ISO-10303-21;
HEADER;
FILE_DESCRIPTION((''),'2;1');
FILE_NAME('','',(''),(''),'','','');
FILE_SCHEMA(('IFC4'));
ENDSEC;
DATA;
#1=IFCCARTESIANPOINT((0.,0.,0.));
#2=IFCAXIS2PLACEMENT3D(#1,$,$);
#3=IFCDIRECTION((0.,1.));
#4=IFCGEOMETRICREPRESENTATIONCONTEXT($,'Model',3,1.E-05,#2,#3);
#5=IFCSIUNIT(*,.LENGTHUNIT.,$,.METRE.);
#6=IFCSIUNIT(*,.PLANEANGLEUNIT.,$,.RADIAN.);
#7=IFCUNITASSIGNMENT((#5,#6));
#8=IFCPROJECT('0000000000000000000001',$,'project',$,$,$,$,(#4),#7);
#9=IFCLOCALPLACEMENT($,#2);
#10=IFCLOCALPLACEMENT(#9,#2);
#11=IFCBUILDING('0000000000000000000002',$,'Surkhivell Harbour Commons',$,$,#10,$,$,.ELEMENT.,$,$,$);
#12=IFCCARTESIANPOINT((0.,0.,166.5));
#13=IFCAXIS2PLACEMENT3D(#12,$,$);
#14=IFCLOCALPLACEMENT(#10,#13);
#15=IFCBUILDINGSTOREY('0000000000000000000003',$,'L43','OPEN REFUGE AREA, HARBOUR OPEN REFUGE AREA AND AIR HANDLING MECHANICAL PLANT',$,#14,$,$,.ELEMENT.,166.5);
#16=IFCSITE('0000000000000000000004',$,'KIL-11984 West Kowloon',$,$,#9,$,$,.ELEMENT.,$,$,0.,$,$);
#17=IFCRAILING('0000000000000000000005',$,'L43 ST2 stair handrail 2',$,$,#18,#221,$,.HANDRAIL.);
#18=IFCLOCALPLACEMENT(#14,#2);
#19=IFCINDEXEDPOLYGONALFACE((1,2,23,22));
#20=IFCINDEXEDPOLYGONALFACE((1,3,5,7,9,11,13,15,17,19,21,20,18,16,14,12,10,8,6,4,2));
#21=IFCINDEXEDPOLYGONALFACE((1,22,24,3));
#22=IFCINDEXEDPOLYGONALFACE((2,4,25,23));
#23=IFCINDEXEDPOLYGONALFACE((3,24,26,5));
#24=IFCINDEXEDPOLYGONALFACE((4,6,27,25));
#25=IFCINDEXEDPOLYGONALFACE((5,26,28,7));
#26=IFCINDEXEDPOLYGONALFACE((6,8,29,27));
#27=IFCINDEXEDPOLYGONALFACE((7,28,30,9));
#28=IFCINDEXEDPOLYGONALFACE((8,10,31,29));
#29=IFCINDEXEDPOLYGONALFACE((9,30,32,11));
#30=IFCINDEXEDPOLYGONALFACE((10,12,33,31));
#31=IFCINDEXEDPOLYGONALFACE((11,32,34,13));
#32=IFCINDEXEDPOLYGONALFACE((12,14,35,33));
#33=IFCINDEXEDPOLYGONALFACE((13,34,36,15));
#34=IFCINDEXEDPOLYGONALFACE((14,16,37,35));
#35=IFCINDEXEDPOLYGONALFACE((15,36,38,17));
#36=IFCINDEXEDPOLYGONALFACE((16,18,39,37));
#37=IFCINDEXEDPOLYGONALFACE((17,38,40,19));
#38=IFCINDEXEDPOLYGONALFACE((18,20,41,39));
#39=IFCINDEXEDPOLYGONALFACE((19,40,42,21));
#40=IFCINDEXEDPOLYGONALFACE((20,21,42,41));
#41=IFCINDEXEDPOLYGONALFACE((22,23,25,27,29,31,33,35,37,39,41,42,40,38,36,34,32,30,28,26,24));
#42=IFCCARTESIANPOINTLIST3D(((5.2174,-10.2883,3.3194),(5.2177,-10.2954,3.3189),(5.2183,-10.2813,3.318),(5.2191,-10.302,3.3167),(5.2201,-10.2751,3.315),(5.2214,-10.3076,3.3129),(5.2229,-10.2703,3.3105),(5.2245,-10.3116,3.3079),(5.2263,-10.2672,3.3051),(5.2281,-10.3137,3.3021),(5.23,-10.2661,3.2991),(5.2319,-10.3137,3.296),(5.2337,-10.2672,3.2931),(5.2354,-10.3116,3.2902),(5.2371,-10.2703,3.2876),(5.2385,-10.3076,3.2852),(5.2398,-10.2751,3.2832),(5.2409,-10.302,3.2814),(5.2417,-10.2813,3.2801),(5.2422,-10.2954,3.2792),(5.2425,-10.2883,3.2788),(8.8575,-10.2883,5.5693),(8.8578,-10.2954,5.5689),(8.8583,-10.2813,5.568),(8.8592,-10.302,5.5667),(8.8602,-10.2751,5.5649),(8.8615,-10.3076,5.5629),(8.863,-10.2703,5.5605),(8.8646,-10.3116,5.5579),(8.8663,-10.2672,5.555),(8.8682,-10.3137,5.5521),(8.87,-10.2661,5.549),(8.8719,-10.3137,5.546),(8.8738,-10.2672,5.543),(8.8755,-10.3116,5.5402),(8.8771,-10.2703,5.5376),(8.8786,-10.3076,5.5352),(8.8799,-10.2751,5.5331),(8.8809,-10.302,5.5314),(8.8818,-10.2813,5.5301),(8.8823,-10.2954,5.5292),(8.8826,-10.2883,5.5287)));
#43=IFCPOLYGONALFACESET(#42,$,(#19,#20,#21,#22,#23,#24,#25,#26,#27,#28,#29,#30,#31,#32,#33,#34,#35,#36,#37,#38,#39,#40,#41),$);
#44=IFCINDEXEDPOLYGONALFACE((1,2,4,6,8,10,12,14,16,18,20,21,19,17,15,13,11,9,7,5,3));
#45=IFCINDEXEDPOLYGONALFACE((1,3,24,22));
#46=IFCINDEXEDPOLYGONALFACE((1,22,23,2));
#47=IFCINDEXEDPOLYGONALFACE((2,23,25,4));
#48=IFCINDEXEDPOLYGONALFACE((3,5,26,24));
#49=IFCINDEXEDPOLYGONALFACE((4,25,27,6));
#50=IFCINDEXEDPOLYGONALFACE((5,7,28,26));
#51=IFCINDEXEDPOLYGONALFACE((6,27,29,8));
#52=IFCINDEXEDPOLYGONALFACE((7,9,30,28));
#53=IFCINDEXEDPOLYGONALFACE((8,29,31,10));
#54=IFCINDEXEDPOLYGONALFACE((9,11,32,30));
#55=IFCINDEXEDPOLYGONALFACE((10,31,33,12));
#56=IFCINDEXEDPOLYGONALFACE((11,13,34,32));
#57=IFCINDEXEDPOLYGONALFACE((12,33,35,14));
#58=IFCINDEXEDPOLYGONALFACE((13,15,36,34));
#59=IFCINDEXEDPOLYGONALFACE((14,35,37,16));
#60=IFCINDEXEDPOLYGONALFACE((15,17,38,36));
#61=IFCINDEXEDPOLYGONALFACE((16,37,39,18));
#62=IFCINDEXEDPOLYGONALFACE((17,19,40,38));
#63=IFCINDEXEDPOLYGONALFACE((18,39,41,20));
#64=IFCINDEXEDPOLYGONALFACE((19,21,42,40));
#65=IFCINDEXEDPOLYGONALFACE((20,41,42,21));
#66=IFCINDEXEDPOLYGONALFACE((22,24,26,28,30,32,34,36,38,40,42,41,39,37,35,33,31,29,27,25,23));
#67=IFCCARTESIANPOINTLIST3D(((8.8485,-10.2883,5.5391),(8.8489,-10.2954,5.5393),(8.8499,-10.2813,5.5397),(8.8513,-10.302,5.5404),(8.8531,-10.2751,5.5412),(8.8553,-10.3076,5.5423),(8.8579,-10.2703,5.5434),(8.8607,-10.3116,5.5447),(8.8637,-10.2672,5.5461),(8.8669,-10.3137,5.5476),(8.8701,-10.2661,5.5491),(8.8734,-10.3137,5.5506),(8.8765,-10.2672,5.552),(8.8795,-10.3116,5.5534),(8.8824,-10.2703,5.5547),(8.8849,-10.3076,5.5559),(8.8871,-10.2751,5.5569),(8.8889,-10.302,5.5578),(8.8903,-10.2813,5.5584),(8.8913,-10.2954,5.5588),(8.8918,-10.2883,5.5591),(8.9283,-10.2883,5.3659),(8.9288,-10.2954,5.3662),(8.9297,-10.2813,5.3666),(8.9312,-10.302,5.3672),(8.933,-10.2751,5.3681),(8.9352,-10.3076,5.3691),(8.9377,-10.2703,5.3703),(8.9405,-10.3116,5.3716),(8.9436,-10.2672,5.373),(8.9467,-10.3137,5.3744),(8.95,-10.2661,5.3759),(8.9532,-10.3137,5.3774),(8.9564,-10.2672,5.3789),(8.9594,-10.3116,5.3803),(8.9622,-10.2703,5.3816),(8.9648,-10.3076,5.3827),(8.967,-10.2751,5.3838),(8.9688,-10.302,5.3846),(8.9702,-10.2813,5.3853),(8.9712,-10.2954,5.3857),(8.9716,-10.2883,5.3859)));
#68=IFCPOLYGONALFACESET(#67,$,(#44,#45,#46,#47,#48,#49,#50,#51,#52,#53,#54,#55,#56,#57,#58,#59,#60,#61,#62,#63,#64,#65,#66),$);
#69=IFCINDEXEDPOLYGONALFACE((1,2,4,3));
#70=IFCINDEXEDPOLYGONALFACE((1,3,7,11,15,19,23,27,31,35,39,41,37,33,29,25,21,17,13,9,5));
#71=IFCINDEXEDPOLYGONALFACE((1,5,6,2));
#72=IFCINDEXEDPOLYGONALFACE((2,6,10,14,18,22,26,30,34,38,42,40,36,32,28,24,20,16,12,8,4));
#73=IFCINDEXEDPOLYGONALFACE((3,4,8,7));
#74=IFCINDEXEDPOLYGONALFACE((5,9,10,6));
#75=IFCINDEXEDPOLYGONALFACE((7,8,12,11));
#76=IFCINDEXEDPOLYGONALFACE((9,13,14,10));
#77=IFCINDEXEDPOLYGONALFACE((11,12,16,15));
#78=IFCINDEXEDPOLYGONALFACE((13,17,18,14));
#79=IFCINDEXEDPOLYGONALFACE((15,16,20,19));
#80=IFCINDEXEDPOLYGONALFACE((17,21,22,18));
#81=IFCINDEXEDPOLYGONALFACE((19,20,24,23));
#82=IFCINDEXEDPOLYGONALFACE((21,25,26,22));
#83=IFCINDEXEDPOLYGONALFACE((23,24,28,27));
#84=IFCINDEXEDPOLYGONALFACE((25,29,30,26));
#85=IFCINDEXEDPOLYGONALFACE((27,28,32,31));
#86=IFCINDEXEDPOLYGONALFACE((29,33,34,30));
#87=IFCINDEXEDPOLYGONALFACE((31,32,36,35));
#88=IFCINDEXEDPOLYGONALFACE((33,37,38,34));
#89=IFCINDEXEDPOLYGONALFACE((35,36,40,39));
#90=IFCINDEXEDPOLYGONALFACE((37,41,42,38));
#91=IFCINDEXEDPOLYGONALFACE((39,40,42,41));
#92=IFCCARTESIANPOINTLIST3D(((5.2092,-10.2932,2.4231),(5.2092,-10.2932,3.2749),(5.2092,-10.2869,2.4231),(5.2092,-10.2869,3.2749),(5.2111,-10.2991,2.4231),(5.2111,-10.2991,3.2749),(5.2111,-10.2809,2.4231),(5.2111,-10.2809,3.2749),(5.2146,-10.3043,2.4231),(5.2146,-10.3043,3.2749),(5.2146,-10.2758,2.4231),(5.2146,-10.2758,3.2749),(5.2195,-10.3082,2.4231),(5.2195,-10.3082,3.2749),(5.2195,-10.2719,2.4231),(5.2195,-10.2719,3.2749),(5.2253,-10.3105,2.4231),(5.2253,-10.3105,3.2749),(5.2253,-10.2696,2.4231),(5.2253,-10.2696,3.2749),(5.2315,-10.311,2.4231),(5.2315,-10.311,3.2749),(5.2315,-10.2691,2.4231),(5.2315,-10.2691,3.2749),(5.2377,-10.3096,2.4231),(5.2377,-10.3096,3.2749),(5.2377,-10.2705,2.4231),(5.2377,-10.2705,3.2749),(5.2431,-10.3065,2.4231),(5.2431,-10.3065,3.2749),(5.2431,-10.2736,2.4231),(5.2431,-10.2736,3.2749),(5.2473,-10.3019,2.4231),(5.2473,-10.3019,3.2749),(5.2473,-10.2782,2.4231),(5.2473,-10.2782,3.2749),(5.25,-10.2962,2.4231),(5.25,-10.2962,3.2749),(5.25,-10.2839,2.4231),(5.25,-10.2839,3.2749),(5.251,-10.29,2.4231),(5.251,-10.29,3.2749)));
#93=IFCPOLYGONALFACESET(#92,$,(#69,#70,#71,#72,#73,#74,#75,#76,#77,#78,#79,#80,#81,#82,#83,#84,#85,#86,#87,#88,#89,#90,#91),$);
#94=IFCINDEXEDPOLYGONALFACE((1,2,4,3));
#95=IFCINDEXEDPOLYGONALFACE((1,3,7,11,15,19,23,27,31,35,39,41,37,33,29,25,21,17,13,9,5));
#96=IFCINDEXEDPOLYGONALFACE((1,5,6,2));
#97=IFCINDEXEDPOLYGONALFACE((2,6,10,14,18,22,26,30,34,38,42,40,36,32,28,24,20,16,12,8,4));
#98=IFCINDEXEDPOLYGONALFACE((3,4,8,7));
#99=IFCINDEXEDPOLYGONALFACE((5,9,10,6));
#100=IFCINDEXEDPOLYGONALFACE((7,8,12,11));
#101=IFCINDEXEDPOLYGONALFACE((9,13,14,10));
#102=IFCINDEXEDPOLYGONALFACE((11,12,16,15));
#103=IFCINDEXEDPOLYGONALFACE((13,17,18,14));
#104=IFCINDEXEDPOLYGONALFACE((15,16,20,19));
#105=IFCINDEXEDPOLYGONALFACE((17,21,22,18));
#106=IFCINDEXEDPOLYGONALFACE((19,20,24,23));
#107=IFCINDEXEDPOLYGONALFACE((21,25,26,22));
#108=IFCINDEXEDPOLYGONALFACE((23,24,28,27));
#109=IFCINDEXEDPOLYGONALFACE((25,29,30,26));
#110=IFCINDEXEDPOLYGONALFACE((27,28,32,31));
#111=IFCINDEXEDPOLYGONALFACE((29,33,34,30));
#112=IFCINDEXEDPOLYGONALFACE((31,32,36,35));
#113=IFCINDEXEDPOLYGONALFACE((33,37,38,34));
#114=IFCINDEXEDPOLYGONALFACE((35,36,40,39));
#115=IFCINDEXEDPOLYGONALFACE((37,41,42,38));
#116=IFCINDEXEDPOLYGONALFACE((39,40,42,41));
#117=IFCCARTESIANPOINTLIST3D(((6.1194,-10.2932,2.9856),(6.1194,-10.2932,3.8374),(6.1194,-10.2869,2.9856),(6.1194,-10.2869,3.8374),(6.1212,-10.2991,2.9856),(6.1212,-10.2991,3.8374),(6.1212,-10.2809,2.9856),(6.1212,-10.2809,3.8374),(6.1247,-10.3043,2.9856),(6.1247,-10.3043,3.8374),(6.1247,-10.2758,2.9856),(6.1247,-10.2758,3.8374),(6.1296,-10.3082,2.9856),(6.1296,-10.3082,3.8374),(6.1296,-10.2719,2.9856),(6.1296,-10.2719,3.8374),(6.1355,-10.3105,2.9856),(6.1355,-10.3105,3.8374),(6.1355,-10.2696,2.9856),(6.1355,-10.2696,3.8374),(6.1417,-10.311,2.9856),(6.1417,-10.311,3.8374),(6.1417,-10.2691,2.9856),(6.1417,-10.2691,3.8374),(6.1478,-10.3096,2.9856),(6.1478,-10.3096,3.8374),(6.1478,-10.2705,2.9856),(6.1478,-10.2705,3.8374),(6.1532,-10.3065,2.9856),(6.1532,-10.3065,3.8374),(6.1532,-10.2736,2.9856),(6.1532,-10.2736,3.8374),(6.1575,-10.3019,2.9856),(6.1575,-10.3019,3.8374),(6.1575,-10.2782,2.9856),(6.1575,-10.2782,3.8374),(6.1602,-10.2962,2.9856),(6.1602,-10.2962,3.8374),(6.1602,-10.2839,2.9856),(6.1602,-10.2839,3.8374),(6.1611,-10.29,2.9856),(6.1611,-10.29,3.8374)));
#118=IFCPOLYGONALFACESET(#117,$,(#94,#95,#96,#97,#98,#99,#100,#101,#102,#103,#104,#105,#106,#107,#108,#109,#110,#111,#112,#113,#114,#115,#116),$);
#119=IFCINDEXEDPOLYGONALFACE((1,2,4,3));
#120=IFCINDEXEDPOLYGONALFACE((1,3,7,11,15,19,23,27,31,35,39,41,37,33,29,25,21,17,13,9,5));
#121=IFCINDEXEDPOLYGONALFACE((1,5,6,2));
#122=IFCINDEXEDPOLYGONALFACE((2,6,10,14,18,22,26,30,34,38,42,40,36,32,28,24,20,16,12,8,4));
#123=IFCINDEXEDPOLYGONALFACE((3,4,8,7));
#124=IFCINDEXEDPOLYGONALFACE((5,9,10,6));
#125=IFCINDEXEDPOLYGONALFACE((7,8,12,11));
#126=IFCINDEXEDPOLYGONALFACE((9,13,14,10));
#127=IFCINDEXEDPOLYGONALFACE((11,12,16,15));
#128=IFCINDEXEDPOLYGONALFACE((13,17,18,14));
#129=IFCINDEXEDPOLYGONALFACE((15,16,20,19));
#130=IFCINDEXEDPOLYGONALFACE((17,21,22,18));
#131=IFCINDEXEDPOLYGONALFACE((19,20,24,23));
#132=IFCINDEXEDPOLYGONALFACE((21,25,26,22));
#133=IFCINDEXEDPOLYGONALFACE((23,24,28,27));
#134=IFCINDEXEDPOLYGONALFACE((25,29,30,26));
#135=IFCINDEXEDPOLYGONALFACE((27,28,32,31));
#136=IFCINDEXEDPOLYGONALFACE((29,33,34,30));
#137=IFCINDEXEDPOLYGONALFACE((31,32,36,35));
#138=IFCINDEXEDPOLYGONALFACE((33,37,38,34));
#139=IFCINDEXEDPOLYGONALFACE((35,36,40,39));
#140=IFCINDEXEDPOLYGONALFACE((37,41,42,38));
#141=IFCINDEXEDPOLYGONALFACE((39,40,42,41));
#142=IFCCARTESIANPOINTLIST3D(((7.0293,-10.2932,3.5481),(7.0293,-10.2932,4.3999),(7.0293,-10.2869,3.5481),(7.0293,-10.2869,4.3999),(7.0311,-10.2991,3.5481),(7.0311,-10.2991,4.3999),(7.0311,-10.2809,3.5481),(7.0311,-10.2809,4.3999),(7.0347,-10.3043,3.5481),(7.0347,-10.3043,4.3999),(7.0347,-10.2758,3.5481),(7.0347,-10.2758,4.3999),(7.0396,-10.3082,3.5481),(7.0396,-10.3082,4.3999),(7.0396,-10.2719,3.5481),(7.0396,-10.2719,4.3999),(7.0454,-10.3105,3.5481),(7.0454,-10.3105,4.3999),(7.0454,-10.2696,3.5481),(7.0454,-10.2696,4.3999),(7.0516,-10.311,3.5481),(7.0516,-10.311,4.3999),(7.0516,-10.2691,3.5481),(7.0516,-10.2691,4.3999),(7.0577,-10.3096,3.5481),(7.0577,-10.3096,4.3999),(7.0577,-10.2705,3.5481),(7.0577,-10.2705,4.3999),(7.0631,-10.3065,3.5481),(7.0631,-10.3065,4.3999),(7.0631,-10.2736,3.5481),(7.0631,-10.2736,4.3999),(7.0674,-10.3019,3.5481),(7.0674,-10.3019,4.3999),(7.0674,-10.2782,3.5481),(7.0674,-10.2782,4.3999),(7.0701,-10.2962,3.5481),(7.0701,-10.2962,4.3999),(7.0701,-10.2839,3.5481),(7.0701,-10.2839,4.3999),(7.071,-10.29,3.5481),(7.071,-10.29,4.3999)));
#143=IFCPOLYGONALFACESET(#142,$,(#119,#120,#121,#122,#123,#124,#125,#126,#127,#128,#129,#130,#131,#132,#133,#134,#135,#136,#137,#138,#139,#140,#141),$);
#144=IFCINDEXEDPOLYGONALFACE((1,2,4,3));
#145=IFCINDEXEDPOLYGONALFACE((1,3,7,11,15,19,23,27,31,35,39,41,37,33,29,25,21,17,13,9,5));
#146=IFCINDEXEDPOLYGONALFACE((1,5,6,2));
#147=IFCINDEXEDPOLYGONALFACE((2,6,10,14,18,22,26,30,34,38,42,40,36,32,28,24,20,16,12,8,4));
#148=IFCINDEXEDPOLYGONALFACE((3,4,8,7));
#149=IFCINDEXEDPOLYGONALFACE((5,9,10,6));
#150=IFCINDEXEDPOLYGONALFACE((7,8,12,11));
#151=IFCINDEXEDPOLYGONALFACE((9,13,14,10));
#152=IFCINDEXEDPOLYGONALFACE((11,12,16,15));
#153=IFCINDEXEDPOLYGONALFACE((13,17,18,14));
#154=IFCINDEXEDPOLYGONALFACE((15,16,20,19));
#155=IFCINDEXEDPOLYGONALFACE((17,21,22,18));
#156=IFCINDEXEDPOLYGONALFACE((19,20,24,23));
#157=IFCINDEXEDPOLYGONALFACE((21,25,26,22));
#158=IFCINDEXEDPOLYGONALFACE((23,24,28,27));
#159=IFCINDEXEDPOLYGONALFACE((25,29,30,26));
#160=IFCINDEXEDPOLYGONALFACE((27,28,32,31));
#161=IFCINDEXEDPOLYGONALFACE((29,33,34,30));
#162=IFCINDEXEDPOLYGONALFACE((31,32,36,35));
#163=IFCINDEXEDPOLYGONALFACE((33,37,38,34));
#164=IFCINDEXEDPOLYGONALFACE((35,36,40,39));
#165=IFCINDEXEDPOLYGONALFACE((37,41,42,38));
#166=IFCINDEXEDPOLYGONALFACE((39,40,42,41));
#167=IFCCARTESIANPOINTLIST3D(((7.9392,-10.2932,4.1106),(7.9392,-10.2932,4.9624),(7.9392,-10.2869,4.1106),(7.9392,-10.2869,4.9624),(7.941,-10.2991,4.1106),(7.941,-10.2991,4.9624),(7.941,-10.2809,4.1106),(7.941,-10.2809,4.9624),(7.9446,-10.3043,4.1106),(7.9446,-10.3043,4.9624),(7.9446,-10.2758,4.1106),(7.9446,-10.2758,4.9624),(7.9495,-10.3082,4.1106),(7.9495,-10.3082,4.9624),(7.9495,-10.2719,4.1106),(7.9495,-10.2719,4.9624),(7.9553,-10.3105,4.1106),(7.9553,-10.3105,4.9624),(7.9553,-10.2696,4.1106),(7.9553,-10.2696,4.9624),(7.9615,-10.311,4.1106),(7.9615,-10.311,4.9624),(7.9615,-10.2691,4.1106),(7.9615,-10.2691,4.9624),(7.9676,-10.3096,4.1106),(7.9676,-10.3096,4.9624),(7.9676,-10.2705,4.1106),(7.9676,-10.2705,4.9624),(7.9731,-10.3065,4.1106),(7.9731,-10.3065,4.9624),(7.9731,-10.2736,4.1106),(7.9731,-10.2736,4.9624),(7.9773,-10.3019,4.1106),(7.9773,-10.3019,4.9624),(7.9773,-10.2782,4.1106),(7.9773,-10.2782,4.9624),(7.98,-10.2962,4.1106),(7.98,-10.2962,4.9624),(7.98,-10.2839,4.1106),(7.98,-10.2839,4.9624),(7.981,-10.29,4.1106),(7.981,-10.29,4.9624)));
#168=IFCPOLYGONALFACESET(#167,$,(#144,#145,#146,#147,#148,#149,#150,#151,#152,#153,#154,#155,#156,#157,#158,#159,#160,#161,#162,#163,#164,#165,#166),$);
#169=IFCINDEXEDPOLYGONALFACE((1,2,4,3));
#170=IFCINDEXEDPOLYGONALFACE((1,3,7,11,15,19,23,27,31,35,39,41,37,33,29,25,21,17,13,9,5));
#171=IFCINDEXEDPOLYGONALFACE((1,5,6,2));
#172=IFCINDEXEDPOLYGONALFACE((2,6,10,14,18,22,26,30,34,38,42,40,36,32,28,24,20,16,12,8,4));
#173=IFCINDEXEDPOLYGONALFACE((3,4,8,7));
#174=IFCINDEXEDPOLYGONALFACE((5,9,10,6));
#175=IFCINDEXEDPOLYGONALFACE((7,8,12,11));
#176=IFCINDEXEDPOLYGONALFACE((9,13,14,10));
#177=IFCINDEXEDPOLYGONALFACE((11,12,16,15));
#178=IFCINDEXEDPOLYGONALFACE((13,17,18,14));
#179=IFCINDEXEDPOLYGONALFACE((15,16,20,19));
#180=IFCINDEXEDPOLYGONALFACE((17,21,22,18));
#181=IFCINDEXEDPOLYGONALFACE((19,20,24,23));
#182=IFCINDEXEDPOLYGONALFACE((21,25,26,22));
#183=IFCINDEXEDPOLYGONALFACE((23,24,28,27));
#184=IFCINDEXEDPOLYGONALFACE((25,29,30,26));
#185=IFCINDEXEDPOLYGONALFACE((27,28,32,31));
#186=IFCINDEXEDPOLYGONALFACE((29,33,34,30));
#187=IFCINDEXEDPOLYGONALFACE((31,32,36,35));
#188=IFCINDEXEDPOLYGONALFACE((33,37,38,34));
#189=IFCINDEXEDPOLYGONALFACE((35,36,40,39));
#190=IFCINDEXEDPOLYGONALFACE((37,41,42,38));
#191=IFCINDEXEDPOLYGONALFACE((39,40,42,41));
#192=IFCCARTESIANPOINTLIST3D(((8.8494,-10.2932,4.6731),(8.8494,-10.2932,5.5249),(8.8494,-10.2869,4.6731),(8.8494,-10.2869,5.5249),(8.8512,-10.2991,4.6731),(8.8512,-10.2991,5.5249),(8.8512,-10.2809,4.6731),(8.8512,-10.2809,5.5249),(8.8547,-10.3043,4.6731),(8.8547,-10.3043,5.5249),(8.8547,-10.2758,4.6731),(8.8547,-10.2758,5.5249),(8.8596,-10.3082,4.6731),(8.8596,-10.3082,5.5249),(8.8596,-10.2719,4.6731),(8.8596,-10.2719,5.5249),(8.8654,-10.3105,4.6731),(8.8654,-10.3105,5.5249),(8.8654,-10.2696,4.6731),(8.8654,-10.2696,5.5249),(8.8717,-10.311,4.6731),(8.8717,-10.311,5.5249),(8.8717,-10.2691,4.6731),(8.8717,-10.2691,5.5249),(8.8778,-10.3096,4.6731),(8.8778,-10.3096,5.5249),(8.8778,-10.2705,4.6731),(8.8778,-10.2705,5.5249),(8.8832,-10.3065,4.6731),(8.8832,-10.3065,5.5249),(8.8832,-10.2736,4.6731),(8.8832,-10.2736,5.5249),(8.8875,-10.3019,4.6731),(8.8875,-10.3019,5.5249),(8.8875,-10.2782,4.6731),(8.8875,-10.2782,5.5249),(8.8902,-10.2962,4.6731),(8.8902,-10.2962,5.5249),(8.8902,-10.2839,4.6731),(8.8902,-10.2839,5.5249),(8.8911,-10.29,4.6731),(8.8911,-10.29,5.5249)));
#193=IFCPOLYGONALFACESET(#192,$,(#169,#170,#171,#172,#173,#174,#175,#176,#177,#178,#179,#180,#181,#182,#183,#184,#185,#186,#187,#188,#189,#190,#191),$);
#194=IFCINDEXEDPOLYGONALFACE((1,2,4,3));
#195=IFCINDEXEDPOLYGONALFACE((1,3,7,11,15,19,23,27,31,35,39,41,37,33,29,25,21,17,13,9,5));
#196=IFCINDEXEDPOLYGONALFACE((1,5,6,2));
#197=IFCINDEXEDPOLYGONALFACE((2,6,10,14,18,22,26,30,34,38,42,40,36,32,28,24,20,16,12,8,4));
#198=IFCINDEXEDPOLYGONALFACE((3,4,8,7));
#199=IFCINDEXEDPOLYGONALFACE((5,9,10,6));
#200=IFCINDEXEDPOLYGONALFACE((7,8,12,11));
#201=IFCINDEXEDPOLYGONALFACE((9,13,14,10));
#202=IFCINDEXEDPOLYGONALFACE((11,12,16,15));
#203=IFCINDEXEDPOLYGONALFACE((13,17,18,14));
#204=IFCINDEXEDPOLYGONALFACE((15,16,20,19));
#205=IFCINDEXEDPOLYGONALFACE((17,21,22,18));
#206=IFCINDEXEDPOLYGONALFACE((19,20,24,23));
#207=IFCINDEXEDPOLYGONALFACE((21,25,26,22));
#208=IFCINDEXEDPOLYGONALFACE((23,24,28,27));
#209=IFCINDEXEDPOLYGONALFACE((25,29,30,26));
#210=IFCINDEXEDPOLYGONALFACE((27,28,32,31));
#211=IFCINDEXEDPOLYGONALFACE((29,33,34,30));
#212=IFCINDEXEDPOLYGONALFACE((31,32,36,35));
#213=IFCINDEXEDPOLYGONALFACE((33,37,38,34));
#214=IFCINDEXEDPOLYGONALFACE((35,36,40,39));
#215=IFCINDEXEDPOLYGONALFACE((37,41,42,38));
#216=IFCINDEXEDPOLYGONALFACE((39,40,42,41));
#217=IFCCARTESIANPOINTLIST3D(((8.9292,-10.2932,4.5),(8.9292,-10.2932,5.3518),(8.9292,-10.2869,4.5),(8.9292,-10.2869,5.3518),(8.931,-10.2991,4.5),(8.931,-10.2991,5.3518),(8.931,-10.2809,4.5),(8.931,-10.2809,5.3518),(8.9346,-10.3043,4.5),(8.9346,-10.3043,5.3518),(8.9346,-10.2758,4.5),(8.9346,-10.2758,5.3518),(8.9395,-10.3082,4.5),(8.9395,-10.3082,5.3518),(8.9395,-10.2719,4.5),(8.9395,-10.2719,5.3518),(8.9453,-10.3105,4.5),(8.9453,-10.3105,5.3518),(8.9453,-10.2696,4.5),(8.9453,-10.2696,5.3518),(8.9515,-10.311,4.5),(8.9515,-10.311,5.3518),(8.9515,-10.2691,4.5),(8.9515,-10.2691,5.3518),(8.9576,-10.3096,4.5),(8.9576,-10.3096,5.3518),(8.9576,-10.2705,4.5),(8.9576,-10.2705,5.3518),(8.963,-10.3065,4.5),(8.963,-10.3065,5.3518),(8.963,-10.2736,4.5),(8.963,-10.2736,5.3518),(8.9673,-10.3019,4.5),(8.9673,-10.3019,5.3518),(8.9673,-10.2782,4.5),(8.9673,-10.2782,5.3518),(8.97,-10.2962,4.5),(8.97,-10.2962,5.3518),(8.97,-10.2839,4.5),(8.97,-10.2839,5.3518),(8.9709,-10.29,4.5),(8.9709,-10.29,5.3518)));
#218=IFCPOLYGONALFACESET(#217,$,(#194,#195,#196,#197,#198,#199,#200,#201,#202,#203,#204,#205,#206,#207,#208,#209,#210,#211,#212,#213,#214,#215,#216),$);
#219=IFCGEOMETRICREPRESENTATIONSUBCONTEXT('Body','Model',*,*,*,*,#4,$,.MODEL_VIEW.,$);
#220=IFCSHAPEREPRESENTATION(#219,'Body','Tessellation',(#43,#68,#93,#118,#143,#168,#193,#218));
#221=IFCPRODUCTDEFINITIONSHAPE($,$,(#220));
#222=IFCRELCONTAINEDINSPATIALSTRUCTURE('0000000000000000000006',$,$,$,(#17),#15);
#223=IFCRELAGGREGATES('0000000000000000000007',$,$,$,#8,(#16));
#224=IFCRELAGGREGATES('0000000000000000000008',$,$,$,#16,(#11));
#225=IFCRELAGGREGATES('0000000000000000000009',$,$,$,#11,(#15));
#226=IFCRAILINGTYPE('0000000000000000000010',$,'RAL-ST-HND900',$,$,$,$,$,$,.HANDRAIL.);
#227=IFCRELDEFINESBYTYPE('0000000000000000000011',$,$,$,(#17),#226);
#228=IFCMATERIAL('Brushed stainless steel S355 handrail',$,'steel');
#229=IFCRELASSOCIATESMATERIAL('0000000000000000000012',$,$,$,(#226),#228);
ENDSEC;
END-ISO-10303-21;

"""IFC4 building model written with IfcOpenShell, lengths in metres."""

from ifc_helpers import new_model, si_unit, direction, frame, origin, origin_2d, place, context, subcontext, project, spatial, circle, extrude, material, type_object, element, save


model = new_model("IFC4")

# Units and contexts
model_context = context("Model", 3, precision=1e-05, world=origin(), true_north=direction((0.0, 1.0)))
body_context = subcontext(model_context, "Body", "Model", "MODEL_VIEW")
ifc_project = project(units=[si_unit("LENGTHUNIT", "METRE"), si_unit("PLANEANGLEUNIT", "RADIAN")], contexts=[model_context])

# Site, building, storey
site_placement = place(None, origin())
site = spatial("IfcSite", under=ifc_project, at=site_placement, Name="KIL-11984 West Kowloon", CompositionType="ELEMENT", RefElevation=0.0)
building_placement = place(site_placement, origin())
building = spatial("IfcBuilding", under=site, at=building_placement, Name="Surkhivell Harbour Commons", CompositionType="ELEMENT")
storey_placement = place(building_placement, frame((0.0, 0.0, 166.5)))
storey = spatial("IfcBuildingStorey", under=building, at=storey_placement, Name="L43", Description="OPEN REFUGE AREA, HARBOUR OPEN REFUGE AREA AND AIR HANDLING MECHANICAL PLANT", CompositionType="ELEMENT", Elevation=166.5)

# Railing
ifc_material_1 = material(Name="Brushed stainless steel S355 handrail", Category="steel")
railing_type_1 = type_object("IfcRailingType", Name="RAL-ST-HND900", PredefinedType="HANDRAIL", material=ifc_material_1)
railing_1_placement = place(storey_placement, frame((5.23, -10.29, 2.4231)))
element("IfcRailing", 1, at=railing_1_placement, inside=storey, type_object=railing_type_1, Name="L43 ST2 stair handrail 2", PredefinedType="HANDRAIL", context=body_context, shape_type="SweptSolid", body=[
    extrude(circle(Radius=0.0239, at=origin_2d()), frame((0.0, 0.0, 0.876), z_axis=(0.850622, 0.0, 0.525777), x_axis=(0.0, 1.0, 0.0)), (0.0, 0.0, 1.0), 4.2793),
    extrude(circle(Radius=0.0239, at=origin_2d()), frame((3.6401, 0.0, 3.126), z_axis=(0.418815, 0.0, -0.908072), x_axis=(0.0, 1.0, 0.0)), (0.0, 0.0, 1.0), 0.1907),
    extrude(circle(Radius=0.021, at=origin_2d()), origin(), (0.0, 0.0, 1.0), 0.8518),
    extrude(circle(Radius=0.021, at=origin_2d()), frame((0.9102, 0.0, 0.5625)), (0.0, 0.0, 1.0), 0.8518),
    extrude(circle(Radius=0.021, at=origin_2d()), frame((1.8201, 0.0, 1.125)), (0.0, 0.0, 1.0), 0.8518),
    extrude(circle(Radius=0.021, at=origin_2d()), frame((2.73, 0.0, 1.6875)), (0.0, 0.0, 1.0), 0.8518),
    extrude(circle(Radius=0.021, at=origin_2d()), frame((3.6401, 0.0, 2.25)), (0.0, 0.0, 1.0), 0.8518),
    extrude(circle(Radius=0.021, at=origin_2d()), frame((3.72, 0.0, 2.0769)), (0.0, 0.0, 1.0), 0.8518),
])

save(model, "model.ifc")
